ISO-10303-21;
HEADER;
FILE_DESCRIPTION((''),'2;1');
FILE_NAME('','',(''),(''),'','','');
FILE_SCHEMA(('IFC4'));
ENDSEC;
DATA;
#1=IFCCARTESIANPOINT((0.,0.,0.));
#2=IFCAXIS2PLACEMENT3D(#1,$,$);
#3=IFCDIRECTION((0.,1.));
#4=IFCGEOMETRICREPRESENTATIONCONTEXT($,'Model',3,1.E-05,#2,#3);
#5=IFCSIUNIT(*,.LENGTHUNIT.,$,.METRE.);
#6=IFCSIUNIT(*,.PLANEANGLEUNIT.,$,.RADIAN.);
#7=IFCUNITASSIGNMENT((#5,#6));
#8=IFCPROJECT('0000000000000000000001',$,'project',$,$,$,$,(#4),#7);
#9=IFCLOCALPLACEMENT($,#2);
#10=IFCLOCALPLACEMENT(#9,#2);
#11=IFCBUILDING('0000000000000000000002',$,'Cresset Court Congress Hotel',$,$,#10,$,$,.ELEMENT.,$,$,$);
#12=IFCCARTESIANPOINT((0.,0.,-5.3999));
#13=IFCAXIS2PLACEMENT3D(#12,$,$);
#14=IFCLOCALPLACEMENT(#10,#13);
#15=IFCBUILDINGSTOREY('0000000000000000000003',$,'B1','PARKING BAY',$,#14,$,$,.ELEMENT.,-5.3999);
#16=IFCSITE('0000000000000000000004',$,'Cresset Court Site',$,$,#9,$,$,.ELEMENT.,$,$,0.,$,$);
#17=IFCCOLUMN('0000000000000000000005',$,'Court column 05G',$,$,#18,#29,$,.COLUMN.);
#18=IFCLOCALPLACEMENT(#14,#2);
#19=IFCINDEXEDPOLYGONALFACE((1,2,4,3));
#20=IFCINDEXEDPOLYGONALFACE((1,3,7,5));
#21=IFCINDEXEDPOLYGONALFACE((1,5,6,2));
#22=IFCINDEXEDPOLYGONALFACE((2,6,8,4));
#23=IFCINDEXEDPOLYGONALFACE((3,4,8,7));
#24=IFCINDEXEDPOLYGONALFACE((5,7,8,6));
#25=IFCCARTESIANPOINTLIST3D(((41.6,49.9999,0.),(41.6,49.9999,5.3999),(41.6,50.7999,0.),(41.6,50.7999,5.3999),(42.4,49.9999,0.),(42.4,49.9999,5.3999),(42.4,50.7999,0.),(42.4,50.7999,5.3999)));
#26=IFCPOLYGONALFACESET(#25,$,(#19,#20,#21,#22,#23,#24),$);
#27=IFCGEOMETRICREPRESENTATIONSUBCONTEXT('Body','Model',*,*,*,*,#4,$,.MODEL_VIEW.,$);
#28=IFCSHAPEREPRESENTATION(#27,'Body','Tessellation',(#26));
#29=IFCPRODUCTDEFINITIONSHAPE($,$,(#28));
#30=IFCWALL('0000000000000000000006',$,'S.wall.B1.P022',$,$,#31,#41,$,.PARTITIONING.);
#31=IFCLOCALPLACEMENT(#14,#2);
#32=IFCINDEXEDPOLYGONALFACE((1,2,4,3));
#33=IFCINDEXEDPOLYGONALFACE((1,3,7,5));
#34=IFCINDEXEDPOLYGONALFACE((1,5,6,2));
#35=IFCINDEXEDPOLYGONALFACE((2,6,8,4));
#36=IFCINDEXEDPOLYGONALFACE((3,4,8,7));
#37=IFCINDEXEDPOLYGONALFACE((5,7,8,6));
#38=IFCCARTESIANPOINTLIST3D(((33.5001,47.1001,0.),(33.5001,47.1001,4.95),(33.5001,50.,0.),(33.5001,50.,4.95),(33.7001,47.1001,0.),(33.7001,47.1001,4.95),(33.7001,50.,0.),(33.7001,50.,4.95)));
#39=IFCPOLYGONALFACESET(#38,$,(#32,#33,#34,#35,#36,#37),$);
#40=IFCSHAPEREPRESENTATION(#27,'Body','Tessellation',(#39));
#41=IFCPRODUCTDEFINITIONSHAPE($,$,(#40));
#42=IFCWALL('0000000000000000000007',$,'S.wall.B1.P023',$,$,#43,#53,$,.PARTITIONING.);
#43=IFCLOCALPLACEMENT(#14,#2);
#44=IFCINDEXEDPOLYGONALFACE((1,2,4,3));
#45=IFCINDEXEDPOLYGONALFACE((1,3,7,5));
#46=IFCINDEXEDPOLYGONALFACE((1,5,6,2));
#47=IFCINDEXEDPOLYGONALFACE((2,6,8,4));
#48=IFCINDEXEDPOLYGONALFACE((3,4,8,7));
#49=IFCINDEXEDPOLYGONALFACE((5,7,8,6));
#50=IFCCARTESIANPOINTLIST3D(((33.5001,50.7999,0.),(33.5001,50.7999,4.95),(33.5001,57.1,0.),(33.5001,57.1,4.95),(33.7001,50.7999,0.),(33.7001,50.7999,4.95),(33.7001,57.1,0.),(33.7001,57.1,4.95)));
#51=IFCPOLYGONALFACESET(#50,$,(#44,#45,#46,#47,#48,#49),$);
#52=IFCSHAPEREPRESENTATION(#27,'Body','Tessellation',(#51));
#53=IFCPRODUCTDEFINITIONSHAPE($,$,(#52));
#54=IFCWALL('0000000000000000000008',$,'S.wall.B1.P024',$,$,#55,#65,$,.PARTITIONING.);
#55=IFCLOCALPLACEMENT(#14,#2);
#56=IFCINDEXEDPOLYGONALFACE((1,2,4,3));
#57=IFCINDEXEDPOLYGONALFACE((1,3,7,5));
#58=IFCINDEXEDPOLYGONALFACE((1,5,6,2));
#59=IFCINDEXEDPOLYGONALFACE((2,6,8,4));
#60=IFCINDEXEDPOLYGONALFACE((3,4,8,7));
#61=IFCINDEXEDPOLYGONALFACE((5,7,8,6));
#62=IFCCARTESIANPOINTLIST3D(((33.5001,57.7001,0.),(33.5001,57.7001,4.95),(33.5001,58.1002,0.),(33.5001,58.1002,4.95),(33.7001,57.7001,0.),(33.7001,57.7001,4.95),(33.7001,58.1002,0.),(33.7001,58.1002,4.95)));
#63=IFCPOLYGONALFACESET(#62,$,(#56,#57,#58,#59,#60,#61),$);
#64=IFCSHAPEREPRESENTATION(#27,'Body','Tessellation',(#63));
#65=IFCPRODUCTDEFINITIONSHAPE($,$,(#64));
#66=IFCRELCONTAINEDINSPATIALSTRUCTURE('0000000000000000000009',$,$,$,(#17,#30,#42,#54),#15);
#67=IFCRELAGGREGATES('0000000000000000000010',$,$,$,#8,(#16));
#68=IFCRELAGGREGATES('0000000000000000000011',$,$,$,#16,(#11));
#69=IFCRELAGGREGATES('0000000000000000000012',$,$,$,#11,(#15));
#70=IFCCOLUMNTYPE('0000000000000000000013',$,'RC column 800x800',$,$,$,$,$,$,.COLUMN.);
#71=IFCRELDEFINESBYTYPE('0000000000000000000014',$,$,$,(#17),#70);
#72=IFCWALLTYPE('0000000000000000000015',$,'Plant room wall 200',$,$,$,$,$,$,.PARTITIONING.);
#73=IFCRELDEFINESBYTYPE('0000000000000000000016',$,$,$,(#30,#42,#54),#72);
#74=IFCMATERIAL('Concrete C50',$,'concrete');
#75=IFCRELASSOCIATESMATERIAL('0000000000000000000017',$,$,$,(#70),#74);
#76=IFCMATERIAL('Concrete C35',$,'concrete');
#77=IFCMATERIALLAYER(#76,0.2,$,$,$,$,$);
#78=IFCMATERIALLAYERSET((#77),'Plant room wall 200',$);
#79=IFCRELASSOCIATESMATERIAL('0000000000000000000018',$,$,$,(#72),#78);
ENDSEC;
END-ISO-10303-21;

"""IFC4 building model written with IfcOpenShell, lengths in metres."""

from ifc_helpers import new_model, si_unit, direction, frame, frame_2d, origin, origin_2d, place, context, subcontext, project, spatial, rectangle, extrude, material, layer, layer_set, material_profile, profile_set, type_object, element, save


model = new_model("IFC4")

# Units and contexts
model_context = context("Model", 3, precision=1e-05, world=origin(), true_north=direction((0.0, 1.0)))
body_context = subcontext(model_context, "Body", "Model", "MODEL_VIEW")
ifc_project = project(units=[si_unit("LENGTHUNIT", "METRE"), si_unit("PLANEANGLEUNIT", "RADIAN")], contexts=[model_context])

# Site, building, storey
site_placement = place(None, origin())
site = spatial("IfcSite", under=ifc_project, at=site_placement, Name="Cresset Court Site", CompositionType="ELEMENT", RefElevation=0.0)
building_placement = place(site_placement, origin())
building = spatial("IfcBuilding", under=site, at=building_placement, Name="Cresset Court Congress Hotel", CompositionType="ELEMENT")
storey_placement = place(building_placement, frame((0.0, 0.0, -5.3999)))
storey = spatial("IfcBuildingStorey", under=building, at=storey_placement, Name="B1", Description="PARKING BAY", CompositionType="ELEMENT", Elevation=-5.3999)

# Column
ifc_material_1 = material(Name="Concrete C50", Category="concrete")
ifc_material_profile_1 = material_profile(ifc_material_1, rectangle(XDim=0.8, YDim=0.8, at=origin_2d()), Name="RC800x800")
ifc_profile_set_1 = profile_set([ifc_material_profile_1], Name="Concrete C50")
column_type_1 = type_object("IfcColumnType", Name="RC column 800x800", PredefinedType="COLUMN", material=ifc_profile_set_1)
for number, where, z_axis, x_axis, name in (
    (1, (42.0, 50.3999, 0.0), (0.0, 0.0, 1.0), (1.0, 0.0, 0.0), "Court column 05G"),
):
    element("IfcColumn", number, at=place(storey_placement, frame(where, z_axis=z_axis, x_axis=x_axis)), inside=storey, type_object=column_type_1, Name=name, PredefinedType="COLUMN", context=body_context, shape_type="SweptSolid", body=[
        extrude(rectangle(XDim=0.8, YDim=0.8, at=origin_2d()), origin(), (0.0, 0.0, 1.0), 5.3999),
    ])

# Walls
ifc_material_2 = material(Name="Concrete C35", Category="concrete")
ifc_layer = layer(ifc_material_2, 0.2)
ifc_layer_set = layer_set([ifc_layer], Name="Plant room wall 200")
wall_type = type_object("IfcWallType", Name="Plant room wall 200", PredefinedType="PARTITIONING", material=ifc_layer_set)
wall_1_placement = place(storey_placement, frame((33.6001, 47.1001, 0.0), z_axis=(0.0, 0.0, 1.0), x_axis=(0.0, 1.0, 0.0)))
element("IfcWall", 2, at=wall_1_placement, inside=storey, type_object=wall_type, Name="S.wall.B1.P022", PredefinedType="PARTITIONING", context=body_context, shape_type="SweptSolid", body=[
    extrude(rectangle(XDim=2.8999, YDim=0.2, at=frame_2d((1.45, 0.0))), origin(), (0.0, 0.0, 1.0), 4.95),
])
wall_2_placement = place(storey_placement, frame((33.6001, 50.8, 0.0), z_axis=(0.0, 0.0, 1.0), x_axis=(0.0, 1.0, 0.0)))
element("IfcWall", 3, at=wall_2_placement, inside=storey, type_object=wall_type, Name="S.wall.B1.P023", PredefinedType="PARTITIONING", context=body_context, shape_type="SweptSolid", body=[
    extrude(rectangle(XDim=6.3, YDim=0.2, at=frame_2d((3.1499, 0.0))), origin(), (0.0, 0.0, 1.0), 4.95),
])
wall_3_placement = place(storey_placement, frame((33.6001, 57.7, 0.0), z_axis=(0.0, 0.0, 1.0), x_axis=(0.0, 1.0, 0.0)))
element("IfcWall", 4, at=wall_3_placement, inside=storey, type_object=wall_type, Name="S.wall.B1.P024", PredefinedType="PARTITIONING", context=body_context, shape_type="SweptSolid", body=[
    extrude(rectangle(XDim=0.4001, YDim=0.2, at=frame_2d((0.2002, 0.0))), origin(), (0.0, 0.0, 1.0), 4.95),
])

save(model, "model.ifc")
